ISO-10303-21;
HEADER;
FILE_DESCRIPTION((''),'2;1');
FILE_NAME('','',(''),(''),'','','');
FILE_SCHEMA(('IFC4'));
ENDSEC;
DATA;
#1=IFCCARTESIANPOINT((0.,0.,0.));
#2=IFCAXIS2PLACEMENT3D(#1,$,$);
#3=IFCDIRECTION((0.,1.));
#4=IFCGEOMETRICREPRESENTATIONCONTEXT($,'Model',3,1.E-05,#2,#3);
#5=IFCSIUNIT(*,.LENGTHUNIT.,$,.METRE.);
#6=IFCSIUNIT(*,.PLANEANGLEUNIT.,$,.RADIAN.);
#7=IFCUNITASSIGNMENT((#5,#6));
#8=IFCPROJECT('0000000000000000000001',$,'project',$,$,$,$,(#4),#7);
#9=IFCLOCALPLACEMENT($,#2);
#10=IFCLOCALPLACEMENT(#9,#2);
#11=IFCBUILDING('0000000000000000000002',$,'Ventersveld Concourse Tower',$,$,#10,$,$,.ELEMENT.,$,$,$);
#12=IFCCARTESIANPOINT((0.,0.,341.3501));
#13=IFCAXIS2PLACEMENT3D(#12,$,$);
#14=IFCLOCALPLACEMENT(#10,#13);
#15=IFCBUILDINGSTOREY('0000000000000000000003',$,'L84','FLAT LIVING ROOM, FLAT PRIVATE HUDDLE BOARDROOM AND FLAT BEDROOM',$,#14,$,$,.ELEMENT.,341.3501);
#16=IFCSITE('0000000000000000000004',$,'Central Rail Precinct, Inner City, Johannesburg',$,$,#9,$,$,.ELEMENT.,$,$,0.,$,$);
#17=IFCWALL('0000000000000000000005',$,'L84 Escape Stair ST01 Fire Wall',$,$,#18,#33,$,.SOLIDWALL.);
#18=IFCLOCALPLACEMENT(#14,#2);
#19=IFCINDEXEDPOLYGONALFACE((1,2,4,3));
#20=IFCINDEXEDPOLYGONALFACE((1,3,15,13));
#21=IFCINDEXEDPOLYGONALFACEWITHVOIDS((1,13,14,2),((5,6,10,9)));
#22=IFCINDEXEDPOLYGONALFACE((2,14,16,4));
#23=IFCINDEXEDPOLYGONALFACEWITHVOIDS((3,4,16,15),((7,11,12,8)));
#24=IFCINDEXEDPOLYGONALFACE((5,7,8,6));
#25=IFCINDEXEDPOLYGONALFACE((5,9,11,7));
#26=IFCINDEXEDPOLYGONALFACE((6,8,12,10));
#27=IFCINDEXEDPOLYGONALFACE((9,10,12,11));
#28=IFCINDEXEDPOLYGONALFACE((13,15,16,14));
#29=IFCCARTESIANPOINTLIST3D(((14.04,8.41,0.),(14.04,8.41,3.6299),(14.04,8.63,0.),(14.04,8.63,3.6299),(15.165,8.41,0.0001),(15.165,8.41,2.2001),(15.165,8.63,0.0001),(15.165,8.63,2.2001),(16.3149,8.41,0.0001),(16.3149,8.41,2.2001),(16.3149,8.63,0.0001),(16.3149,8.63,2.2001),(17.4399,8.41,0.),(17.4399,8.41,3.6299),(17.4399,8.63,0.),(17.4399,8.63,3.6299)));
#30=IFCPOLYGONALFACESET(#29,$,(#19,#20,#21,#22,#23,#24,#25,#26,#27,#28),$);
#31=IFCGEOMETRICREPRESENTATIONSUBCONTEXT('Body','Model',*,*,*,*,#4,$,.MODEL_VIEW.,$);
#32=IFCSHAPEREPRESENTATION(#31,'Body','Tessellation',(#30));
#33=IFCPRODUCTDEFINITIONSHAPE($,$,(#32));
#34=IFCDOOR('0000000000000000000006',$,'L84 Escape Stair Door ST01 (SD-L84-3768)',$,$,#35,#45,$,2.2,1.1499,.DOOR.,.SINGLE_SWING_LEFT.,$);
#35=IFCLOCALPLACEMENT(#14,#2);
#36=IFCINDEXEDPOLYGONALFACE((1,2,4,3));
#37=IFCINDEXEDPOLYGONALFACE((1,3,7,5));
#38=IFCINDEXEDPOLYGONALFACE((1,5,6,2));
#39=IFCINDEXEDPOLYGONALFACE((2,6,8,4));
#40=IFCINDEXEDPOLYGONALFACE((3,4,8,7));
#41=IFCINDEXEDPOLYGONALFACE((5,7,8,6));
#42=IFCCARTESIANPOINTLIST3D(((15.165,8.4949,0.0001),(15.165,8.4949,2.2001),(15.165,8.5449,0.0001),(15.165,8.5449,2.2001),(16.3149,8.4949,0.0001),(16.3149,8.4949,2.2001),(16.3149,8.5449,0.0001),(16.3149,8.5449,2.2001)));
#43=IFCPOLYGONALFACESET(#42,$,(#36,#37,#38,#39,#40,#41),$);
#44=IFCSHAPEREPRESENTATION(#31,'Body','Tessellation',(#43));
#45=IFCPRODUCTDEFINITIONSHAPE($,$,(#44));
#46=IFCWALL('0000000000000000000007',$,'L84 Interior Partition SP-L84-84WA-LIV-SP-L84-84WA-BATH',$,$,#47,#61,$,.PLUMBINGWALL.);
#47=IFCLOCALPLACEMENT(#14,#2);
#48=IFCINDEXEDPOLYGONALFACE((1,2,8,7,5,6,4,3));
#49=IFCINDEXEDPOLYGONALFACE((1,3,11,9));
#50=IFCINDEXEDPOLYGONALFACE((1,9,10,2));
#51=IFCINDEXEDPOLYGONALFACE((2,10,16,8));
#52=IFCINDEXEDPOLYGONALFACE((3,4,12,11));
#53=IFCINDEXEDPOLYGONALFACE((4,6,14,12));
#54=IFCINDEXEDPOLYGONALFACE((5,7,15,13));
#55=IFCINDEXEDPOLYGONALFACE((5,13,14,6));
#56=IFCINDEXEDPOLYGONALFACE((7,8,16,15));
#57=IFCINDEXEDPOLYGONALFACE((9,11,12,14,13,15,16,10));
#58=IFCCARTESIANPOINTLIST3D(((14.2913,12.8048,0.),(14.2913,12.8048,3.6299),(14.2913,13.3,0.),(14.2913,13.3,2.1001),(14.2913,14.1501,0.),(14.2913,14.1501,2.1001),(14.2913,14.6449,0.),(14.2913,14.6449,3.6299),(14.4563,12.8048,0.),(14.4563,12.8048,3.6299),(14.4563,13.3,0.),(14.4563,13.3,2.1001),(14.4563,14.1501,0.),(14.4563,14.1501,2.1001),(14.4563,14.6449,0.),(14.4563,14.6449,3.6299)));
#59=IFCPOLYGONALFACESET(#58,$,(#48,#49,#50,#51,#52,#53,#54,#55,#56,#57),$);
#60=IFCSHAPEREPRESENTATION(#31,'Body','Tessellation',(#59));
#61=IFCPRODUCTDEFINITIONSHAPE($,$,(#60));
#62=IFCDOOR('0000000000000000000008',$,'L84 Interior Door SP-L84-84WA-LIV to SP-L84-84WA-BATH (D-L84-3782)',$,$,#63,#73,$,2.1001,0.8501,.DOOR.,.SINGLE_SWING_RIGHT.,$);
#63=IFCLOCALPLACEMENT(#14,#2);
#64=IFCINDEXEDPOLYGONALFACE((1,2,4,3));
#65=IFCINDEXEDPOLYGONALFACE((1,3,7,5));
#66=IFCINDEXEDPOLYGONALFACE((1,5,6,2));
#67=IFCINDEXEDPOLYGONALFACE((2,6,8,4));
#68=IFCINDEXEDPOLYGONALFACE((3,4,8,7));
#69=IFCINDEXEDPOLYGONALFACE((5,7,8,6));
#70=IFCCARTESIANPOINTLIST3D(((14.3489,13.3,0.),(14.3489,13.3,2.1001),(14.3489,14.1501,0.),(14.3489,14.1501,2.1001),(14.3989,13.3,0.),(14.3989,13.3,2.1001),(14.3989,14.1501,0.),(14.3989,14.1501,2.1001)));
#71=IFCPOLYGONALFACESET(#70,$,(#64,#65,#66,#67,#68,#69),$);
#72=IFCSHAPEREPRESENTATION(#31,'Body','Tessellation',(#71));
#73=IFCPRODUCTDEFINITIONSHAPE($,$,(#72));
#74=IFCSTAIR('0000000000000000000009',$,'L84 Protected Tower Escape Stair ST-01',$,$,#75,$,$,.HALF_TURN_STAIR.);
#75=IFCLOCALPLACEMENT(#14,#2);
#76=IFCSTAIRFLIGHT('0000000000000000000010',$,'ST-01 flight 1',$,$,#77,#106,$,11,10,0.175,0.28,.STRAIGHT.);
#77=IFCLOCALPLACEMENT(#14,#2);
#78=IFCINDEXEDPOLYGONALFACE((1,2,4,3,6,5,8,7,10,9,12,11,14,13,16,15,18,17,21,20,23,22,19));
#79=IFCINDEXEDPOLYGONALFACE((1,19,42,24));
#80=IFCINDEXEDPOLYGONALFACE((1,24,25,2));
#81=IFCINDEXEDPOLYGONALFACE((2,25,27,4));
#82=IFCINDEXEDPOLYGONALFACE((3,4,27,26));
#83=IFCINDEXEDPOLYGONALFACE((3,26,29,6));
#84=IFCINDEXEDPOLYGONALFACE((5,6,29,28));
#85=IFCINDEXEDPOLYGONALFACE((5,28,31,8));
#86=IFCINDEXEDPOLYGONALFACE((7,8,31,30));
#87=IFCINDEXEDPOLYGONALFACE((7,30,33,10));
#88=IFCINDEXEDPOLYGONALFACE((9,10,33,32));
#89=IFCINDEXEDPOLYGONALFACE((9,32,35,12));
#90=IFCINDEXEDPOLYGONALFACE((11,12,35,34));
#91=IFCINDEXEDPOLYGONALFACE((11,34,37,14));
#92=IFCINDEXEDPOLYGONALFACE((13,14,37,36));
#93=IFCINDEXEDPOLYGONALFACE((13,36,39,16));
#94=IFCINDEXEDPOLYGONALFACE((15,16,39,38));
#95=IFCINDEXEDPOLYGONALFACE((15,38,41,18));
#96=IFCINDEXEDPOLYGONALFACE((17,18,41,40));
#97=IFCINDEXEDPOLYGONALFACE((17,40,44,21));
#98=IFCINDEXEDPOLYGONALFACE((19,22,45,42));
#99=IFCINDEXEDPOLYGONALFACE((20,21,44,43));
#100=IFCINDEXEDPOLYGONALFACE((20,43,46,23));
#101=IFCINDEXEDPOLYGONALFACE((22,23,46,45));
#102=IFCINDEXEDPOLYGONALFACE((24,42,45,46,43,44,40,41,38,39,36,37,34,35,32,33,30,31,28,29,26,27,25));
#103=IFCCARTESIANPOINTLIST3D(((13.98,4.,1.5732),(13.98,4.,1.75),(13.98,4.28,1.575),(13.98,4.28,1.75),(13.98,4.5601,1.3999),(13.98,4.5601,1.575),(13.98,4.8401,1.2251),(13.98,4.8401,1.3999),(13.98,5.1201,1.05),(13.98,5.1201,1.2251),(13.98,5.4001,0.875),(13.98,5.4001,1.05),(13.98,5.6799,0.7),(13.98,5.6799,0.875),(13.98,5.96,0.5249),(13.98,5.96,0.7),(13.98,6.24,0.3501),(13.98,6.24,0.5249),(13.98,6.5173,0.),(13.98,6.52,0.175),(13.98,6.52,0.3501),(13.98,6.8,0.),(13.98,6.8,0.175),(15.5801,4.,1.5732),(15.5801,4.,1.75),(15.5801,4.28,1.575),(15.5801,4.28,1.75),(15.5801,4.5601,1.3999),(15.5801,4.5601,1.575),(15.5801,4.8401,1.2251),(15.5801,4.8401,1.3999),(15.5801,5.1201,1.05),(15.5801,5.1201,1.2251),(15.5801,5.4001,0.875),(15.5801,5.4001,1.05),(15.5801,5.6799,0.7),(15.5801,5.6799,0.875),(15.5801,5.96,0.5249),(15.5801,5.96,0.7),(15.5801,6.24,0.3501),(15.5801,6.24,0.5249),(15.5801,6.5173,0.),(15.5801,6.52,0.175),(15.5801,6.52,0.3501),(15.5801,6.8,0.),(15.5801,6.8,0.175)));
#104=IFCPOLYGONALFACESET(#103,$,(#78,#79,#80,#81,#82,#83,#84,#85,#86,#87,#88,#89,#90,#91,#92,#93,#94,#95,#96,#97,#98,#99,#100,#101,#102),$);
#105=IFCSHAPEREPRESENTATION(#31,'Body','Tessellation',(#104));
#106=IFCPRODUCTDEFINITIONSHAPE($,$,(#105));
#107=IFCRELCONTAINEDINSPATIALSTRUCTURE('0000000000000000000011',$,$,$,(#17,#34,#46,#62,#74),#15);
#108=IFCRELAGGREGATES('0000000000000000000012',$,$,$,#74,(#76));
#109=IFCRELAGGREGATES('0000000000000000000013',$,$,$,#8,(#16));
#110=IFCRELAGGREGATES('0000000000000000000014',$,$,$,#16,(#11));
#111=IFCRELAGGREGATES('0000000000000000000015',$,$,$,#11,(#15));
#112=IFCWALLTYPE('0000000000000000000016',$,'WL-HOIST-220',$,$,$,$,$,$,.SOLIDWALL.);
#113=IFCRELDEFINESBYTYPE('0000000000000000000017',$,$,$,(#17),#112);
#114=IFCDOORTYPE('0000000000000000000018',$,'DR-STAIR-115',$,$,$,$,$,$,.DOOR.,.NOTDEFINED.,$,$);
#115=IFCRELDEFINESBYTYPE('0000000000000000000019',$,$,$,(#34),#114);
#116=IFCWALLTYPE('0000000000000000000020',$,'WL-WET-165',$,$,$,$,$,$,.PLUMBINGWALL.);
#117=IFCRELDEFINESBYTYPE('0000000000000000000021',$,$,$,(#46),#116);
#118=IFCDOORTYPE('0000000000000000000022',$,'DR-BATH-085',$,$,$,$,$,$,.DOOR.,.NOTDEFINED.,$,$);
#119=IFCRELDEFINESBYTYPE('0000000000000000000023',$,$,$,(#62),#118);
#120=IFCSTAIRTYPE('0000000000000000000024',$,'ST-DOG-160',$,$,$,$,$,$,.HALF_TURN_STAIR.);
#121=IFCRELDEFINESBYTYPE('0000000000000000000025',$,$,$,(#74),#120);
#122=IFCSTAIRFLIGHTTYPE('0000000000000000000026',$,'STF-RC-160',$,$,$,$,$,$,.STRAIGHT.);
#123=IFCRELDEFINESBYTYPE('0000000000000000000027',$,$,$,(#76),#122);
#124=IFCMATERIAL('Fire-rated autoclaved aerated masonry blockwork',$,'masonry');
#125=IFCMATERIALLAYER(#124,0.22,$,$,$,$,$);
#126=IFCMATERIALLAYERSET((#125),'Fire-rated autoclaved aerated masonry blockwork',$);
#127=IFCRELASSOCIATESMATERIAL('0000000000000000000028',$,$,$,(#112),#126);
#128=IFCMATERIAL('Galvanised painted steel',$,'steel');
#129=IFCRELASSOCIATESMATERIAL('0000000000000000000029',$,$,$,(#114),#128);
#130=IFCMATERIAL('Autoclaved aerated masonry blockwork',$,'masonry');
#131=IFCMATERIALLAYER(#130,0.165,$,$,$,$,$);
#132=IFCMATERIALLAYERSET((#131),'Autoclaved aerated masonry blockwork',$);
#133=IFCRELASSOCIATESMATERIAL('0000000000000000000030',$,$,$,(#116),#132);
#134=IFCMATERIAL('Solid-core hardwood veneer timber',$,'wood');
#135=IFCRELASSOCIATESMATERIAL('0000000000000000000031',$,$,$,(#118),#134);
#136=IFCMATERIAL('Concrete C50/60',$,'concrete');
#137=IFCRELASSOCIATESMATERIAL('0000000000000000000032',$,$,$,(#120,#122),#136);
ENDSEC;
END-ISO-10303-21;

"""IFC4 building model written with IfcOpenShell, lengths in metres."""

from ifc_helpers import new_model, si_unit, direction, frame, frame_2d, origin, place, context, subcontext, project, spatial, polyline, rectangle, outline, extrude, material, layer, layer_set, type_object, element, fill, aggregate, save


model = new_model("IFC4")

# Units and contexts
model_context = context("Model", 3, precision=1e-05, world=origin(), true_north=direction((0.0, 1.0)))
body_context = subcontext(model_context, "Body", "Model", "MODEL_VIEW")
ifc_project = project(units=[si_unit("LENGTHUNIT", "METRE"), si_unit("PLANEANGLEUNIT", "RADIAN")], contexts=[model_context])

# Site, building, storey
site_placement = place(None, origin())
site = spatial("IfcSite", under=ifc_project, at=site_placement, Name="Central Rail Precinct, Inner City, Johannesburg", CompositionType="ELEMENT", RefElevation=0.0)
building_placement = place(site_placement, origin())
building = spatial("IfcBuilding", under=site, at=building_placement, Name="Ventersveld Concourse Tower", CompositionType="ELEMENT")
storey_placement = place(building_placement, frame((0.0, 0.0, 341.3501)))
storey = spatial("IfcBuildingStorey", under=building, at=storey_placement, Name="L84", Description="FLAT LIVING ROOM, FLAT PRIVATE HUDDLE BOARDROOM AND FLAT BEDROOM", CompositionType="ELEMENT", Elevation=341.3501)

# Shared definitions
ifc_material_1 = material(Name="Concrete C50/60", Category="concrete")

# Walls, openings, doors
ifc_material_2 = material(Name="Fire-rated autoclaved aerated masonry blockwork", Category="masonry")
ifc_material_3 = material(Name="Solid-core hardwood veneer timber", Category="wood")
ifc_layer_1 = layer(ifc_material_2, 0.22)
ifc_layer_set_1 = layer_set([ifc_layer_1], Name="Fire-rated autoclaved aerated masonry blockwork")
wall_type_1 = type_object("IfcWallType", Name="WL-HOIST-220", PredefinedType="SOLIDWALL", material=ifc_layer_set_1)
wall_1_placement = place(storey_placement, frame((14.04, 8.52, 0.0), z_axis=(0.0, 0.0, 1.0), x_axis=(1.0, 0.0, 0.0)))
wall_1 = element("IfcWall", 1, at=wall_1_placement, inside=storey, type_object=wall_type_1, Name="L84 Escape Stair ST01 Fire Wall", PredefinedType="SOLIDWALL", context=body_context, shape_type="SweptSolid", body=[
    extrude(rectangle(XDim=3.3999, YDim=0.22, at=frame_2d((1.7, 0.0))), origin(), (0.0, 0.0, 1.0), 3.6299),
])
opening_1_placement = place(wall_1_placement, frame((1.125, 0.0, 0.0)))
opening_1 = element("IfcOpeningElement", 2, at=opening_1_placement, cuts=wall_1, PredefinedType="OPENING", context=body_context, shape_type="SweptSolid", body=[
    extrude(rectangle(XDim=1.1499, YDim=2.2, at=frame_2d((0.575, 1.1001))), frame((0.0, 0.1201, 0.0), z_axis=(0.0, -1.0, 0.0), x_axis=(1.0, 0.0, 0.0)), (0.0, 0.0, 1.0), 0.24),
])
ifc_material_4 = material(Name="Galvanised painted steel", Category="steel")
door_type_1 = type_object("IfcDoorType", Name="DR-STAIR-115", OperationType="NOTDEFINED", PredefinedType="DOOR", material=ifc_material_4)
door_1_placement = place(opening_1_placement, origin())
door_1 = element("IfcDoor", 3, at=door_1_placement, inside=storey, type_object=door_type_1, Name="L84 Escape Stair Door ST01 (SD-L84-3768)", OperationType="SINGLE_SWING_LEFT", OverallHeight=2.2, OverallWidth=1.1499, PredefinedType="DOOR", context=body_context, shape_type="SweptSolid", body=[
    extrude(rectangle(XDim=1.1499, YDim=2.2, at=frame_2d((0.575, 1.1001))), frame((0.0, 0.0249, 0.0), z_axis=(0.0, -1.0, 0.0), x_axis=(1.0, 0.0, 0.0)), (0.0, 0.0, 1.0), 0.05),
])
fill(opening_1, door_1)
ifc_material_5 = material(Name="Autoclaved aerated masonry blockwork", Category="masonry")
ifc_layer_2 = layer(ifc_material_5, 0.165)
ifc_layer_set_2 = layer_set([ifc_layer_2], Name="Autoclaved aerated masonry blockwork")
wall_type_2 = type_object("IfcWallType", Name="WL-WET-165", PredefinedType="PLUMBINGWALL", material=ifc_layer_set_2)
wall_2_placement = place(storey_placement, frame((14.3738, 12.8049, 0.0), z_axis=(0.0, 0.0, 1.0), x_axis=(0.0, 1.0, 0.0)))
wall_2 = element("IfcWall", 4, at=wall_2_placement, inside=storey, type_object=wall_type_2, Name="L84 Interior Partition SP-L84-84WA-LIV-SP-L84-84WA-BATH", PredefinedType="PLUMBINGWALL", context=body_context, shape_type="SweptSolid", body=[
    extrude(rectangle(XDim=1.8401, YDim=0.165, at=frame_2d((0.9199, 0.0))), origin(), (0.0, 0.0, 1.0), 3.6299),
])
opening_2_placement = place(wall_2_placement, frame((0.4951, 0.0, 0.0)))
opening_2 = element("IfcOpeningElement", 5, at=opening_2_placement, cuts=wall_2, PredefinedType="OPENING", context=body_context, shape_type="SweptSolid", body=[
    extrude(rectangle(XDim=0.8501, YDim=2.1001, at=frame_2d((0.425, 1.05))), frame((0.0, 0.0925, 0.0), z_axis=(0.0, -1.0, 0.0), x_axis=(1.0, 0.0, 0.0)), (0.0, 0.0, 1.0), 0.1851),
])
door_type_2 = type_object("IfcDoorType", Name="DR-BATH-085", OperationType="NOTDEFINED", PredefinedType="DOOR", material=ifc_material_3)
door_2_placement = place(opening_2_placement, origin())
door_2 = element("IfcDoor", 6, at=door_2_placement, inside=storey, type_object=door_type_2, Name="L84 Interior Door SP-L84-84WA-LIV to SP-L84-84WA-BATH (D-L84-3782)", OperationType="SINGLE_SWING_RIGHT", OverallHeight=2.1001, OverallWidth=0.8501, PredefinedType="DOOR", context=body_context, shape_type="SweptSolid", body=[
    extrude(rectangle(XDim=0.8501, YDim=2.1001, at=frame_2d((0.425, 1.05))), frame((0.0, 0.0249, 0.0), z_axis=(0.0, -1.0, 0.0), x_axis=(1.0, 0.0, 0.0)), (0.0, 0.0, 1.0), 0.05),
])
fill(opening_2, door_2)

# Stair, stair flight
stair_type = type_object("IfcStairType", Name="ST-DOG-160", PredefinedType="HALF_TURN_STAIR", material=ifc_material_1)
stair_placement = place(storey_placement, origin())
stair = element("IfcStair", 7, at=stair_placement, inside=storey, type_object=stair_type, Name="L84 Protected Tower Escape Stair ST-01", PredefinedType="HALF_TURN_STAIR")
stair_flight_type = type_object("IfcStairFlightType", Name="STF-RC-160", PredefinedType="STRAIGHT", material=ifc_material_1)
stair_flight_placement = place(storey_placement, frame((14.78, 6.8, 0.0), z_axis=(0.0, 0.0, 1.0), x_axis=(0.0, -1.0, 0.0)))
stair_flight = element("IfcStairFlight", 8, at=stair_flight_placement, type_object=stair_flight_type, Name="ST-01 flight 1", NumberOfRisers=11, NumberOfTreads=10, PredefinedType="STRAIGHT", RiserHeight=0.175, TreadLength=0.28, context=body_context, shape_type="SweptSolid", body=[
    extrude(outline(polyline([(0.0, 0.0), (0.0, 0.175), (0.28, 0.175), (0.28, 0.3501), (0.5601, 0.3501), (0.5601, 0.5249), (0.8401, 0.5249), (0.8401, 0.7), (1.1201, 0.7), (1.1201, 0.875), (1.3999, 0.875), (1.3999, 1.05), (1.6799, 1.05), (1.6799, 1.2251), (1.96, 1.2251), (1.96, 1.3999), (2.24, 1.3999), (2.24, 1.575), (2.52, 1.575), (2.52, 1.75), (2.8, 1.75), (2.8, 1.925), (2.8, 1.5732), (0.2827, 0.0), (0.0, 0.0)])), frame((0.0, 0.8, 0.0), z_axis=(0.0, -1.0, 0.0), x_axis=(1.0, 0.0, 0.0)), (0.0, 0.0, 1.0), 1.6001),
])
aggregate(stair, [stair_flight])

save(model, "model.ifc")
